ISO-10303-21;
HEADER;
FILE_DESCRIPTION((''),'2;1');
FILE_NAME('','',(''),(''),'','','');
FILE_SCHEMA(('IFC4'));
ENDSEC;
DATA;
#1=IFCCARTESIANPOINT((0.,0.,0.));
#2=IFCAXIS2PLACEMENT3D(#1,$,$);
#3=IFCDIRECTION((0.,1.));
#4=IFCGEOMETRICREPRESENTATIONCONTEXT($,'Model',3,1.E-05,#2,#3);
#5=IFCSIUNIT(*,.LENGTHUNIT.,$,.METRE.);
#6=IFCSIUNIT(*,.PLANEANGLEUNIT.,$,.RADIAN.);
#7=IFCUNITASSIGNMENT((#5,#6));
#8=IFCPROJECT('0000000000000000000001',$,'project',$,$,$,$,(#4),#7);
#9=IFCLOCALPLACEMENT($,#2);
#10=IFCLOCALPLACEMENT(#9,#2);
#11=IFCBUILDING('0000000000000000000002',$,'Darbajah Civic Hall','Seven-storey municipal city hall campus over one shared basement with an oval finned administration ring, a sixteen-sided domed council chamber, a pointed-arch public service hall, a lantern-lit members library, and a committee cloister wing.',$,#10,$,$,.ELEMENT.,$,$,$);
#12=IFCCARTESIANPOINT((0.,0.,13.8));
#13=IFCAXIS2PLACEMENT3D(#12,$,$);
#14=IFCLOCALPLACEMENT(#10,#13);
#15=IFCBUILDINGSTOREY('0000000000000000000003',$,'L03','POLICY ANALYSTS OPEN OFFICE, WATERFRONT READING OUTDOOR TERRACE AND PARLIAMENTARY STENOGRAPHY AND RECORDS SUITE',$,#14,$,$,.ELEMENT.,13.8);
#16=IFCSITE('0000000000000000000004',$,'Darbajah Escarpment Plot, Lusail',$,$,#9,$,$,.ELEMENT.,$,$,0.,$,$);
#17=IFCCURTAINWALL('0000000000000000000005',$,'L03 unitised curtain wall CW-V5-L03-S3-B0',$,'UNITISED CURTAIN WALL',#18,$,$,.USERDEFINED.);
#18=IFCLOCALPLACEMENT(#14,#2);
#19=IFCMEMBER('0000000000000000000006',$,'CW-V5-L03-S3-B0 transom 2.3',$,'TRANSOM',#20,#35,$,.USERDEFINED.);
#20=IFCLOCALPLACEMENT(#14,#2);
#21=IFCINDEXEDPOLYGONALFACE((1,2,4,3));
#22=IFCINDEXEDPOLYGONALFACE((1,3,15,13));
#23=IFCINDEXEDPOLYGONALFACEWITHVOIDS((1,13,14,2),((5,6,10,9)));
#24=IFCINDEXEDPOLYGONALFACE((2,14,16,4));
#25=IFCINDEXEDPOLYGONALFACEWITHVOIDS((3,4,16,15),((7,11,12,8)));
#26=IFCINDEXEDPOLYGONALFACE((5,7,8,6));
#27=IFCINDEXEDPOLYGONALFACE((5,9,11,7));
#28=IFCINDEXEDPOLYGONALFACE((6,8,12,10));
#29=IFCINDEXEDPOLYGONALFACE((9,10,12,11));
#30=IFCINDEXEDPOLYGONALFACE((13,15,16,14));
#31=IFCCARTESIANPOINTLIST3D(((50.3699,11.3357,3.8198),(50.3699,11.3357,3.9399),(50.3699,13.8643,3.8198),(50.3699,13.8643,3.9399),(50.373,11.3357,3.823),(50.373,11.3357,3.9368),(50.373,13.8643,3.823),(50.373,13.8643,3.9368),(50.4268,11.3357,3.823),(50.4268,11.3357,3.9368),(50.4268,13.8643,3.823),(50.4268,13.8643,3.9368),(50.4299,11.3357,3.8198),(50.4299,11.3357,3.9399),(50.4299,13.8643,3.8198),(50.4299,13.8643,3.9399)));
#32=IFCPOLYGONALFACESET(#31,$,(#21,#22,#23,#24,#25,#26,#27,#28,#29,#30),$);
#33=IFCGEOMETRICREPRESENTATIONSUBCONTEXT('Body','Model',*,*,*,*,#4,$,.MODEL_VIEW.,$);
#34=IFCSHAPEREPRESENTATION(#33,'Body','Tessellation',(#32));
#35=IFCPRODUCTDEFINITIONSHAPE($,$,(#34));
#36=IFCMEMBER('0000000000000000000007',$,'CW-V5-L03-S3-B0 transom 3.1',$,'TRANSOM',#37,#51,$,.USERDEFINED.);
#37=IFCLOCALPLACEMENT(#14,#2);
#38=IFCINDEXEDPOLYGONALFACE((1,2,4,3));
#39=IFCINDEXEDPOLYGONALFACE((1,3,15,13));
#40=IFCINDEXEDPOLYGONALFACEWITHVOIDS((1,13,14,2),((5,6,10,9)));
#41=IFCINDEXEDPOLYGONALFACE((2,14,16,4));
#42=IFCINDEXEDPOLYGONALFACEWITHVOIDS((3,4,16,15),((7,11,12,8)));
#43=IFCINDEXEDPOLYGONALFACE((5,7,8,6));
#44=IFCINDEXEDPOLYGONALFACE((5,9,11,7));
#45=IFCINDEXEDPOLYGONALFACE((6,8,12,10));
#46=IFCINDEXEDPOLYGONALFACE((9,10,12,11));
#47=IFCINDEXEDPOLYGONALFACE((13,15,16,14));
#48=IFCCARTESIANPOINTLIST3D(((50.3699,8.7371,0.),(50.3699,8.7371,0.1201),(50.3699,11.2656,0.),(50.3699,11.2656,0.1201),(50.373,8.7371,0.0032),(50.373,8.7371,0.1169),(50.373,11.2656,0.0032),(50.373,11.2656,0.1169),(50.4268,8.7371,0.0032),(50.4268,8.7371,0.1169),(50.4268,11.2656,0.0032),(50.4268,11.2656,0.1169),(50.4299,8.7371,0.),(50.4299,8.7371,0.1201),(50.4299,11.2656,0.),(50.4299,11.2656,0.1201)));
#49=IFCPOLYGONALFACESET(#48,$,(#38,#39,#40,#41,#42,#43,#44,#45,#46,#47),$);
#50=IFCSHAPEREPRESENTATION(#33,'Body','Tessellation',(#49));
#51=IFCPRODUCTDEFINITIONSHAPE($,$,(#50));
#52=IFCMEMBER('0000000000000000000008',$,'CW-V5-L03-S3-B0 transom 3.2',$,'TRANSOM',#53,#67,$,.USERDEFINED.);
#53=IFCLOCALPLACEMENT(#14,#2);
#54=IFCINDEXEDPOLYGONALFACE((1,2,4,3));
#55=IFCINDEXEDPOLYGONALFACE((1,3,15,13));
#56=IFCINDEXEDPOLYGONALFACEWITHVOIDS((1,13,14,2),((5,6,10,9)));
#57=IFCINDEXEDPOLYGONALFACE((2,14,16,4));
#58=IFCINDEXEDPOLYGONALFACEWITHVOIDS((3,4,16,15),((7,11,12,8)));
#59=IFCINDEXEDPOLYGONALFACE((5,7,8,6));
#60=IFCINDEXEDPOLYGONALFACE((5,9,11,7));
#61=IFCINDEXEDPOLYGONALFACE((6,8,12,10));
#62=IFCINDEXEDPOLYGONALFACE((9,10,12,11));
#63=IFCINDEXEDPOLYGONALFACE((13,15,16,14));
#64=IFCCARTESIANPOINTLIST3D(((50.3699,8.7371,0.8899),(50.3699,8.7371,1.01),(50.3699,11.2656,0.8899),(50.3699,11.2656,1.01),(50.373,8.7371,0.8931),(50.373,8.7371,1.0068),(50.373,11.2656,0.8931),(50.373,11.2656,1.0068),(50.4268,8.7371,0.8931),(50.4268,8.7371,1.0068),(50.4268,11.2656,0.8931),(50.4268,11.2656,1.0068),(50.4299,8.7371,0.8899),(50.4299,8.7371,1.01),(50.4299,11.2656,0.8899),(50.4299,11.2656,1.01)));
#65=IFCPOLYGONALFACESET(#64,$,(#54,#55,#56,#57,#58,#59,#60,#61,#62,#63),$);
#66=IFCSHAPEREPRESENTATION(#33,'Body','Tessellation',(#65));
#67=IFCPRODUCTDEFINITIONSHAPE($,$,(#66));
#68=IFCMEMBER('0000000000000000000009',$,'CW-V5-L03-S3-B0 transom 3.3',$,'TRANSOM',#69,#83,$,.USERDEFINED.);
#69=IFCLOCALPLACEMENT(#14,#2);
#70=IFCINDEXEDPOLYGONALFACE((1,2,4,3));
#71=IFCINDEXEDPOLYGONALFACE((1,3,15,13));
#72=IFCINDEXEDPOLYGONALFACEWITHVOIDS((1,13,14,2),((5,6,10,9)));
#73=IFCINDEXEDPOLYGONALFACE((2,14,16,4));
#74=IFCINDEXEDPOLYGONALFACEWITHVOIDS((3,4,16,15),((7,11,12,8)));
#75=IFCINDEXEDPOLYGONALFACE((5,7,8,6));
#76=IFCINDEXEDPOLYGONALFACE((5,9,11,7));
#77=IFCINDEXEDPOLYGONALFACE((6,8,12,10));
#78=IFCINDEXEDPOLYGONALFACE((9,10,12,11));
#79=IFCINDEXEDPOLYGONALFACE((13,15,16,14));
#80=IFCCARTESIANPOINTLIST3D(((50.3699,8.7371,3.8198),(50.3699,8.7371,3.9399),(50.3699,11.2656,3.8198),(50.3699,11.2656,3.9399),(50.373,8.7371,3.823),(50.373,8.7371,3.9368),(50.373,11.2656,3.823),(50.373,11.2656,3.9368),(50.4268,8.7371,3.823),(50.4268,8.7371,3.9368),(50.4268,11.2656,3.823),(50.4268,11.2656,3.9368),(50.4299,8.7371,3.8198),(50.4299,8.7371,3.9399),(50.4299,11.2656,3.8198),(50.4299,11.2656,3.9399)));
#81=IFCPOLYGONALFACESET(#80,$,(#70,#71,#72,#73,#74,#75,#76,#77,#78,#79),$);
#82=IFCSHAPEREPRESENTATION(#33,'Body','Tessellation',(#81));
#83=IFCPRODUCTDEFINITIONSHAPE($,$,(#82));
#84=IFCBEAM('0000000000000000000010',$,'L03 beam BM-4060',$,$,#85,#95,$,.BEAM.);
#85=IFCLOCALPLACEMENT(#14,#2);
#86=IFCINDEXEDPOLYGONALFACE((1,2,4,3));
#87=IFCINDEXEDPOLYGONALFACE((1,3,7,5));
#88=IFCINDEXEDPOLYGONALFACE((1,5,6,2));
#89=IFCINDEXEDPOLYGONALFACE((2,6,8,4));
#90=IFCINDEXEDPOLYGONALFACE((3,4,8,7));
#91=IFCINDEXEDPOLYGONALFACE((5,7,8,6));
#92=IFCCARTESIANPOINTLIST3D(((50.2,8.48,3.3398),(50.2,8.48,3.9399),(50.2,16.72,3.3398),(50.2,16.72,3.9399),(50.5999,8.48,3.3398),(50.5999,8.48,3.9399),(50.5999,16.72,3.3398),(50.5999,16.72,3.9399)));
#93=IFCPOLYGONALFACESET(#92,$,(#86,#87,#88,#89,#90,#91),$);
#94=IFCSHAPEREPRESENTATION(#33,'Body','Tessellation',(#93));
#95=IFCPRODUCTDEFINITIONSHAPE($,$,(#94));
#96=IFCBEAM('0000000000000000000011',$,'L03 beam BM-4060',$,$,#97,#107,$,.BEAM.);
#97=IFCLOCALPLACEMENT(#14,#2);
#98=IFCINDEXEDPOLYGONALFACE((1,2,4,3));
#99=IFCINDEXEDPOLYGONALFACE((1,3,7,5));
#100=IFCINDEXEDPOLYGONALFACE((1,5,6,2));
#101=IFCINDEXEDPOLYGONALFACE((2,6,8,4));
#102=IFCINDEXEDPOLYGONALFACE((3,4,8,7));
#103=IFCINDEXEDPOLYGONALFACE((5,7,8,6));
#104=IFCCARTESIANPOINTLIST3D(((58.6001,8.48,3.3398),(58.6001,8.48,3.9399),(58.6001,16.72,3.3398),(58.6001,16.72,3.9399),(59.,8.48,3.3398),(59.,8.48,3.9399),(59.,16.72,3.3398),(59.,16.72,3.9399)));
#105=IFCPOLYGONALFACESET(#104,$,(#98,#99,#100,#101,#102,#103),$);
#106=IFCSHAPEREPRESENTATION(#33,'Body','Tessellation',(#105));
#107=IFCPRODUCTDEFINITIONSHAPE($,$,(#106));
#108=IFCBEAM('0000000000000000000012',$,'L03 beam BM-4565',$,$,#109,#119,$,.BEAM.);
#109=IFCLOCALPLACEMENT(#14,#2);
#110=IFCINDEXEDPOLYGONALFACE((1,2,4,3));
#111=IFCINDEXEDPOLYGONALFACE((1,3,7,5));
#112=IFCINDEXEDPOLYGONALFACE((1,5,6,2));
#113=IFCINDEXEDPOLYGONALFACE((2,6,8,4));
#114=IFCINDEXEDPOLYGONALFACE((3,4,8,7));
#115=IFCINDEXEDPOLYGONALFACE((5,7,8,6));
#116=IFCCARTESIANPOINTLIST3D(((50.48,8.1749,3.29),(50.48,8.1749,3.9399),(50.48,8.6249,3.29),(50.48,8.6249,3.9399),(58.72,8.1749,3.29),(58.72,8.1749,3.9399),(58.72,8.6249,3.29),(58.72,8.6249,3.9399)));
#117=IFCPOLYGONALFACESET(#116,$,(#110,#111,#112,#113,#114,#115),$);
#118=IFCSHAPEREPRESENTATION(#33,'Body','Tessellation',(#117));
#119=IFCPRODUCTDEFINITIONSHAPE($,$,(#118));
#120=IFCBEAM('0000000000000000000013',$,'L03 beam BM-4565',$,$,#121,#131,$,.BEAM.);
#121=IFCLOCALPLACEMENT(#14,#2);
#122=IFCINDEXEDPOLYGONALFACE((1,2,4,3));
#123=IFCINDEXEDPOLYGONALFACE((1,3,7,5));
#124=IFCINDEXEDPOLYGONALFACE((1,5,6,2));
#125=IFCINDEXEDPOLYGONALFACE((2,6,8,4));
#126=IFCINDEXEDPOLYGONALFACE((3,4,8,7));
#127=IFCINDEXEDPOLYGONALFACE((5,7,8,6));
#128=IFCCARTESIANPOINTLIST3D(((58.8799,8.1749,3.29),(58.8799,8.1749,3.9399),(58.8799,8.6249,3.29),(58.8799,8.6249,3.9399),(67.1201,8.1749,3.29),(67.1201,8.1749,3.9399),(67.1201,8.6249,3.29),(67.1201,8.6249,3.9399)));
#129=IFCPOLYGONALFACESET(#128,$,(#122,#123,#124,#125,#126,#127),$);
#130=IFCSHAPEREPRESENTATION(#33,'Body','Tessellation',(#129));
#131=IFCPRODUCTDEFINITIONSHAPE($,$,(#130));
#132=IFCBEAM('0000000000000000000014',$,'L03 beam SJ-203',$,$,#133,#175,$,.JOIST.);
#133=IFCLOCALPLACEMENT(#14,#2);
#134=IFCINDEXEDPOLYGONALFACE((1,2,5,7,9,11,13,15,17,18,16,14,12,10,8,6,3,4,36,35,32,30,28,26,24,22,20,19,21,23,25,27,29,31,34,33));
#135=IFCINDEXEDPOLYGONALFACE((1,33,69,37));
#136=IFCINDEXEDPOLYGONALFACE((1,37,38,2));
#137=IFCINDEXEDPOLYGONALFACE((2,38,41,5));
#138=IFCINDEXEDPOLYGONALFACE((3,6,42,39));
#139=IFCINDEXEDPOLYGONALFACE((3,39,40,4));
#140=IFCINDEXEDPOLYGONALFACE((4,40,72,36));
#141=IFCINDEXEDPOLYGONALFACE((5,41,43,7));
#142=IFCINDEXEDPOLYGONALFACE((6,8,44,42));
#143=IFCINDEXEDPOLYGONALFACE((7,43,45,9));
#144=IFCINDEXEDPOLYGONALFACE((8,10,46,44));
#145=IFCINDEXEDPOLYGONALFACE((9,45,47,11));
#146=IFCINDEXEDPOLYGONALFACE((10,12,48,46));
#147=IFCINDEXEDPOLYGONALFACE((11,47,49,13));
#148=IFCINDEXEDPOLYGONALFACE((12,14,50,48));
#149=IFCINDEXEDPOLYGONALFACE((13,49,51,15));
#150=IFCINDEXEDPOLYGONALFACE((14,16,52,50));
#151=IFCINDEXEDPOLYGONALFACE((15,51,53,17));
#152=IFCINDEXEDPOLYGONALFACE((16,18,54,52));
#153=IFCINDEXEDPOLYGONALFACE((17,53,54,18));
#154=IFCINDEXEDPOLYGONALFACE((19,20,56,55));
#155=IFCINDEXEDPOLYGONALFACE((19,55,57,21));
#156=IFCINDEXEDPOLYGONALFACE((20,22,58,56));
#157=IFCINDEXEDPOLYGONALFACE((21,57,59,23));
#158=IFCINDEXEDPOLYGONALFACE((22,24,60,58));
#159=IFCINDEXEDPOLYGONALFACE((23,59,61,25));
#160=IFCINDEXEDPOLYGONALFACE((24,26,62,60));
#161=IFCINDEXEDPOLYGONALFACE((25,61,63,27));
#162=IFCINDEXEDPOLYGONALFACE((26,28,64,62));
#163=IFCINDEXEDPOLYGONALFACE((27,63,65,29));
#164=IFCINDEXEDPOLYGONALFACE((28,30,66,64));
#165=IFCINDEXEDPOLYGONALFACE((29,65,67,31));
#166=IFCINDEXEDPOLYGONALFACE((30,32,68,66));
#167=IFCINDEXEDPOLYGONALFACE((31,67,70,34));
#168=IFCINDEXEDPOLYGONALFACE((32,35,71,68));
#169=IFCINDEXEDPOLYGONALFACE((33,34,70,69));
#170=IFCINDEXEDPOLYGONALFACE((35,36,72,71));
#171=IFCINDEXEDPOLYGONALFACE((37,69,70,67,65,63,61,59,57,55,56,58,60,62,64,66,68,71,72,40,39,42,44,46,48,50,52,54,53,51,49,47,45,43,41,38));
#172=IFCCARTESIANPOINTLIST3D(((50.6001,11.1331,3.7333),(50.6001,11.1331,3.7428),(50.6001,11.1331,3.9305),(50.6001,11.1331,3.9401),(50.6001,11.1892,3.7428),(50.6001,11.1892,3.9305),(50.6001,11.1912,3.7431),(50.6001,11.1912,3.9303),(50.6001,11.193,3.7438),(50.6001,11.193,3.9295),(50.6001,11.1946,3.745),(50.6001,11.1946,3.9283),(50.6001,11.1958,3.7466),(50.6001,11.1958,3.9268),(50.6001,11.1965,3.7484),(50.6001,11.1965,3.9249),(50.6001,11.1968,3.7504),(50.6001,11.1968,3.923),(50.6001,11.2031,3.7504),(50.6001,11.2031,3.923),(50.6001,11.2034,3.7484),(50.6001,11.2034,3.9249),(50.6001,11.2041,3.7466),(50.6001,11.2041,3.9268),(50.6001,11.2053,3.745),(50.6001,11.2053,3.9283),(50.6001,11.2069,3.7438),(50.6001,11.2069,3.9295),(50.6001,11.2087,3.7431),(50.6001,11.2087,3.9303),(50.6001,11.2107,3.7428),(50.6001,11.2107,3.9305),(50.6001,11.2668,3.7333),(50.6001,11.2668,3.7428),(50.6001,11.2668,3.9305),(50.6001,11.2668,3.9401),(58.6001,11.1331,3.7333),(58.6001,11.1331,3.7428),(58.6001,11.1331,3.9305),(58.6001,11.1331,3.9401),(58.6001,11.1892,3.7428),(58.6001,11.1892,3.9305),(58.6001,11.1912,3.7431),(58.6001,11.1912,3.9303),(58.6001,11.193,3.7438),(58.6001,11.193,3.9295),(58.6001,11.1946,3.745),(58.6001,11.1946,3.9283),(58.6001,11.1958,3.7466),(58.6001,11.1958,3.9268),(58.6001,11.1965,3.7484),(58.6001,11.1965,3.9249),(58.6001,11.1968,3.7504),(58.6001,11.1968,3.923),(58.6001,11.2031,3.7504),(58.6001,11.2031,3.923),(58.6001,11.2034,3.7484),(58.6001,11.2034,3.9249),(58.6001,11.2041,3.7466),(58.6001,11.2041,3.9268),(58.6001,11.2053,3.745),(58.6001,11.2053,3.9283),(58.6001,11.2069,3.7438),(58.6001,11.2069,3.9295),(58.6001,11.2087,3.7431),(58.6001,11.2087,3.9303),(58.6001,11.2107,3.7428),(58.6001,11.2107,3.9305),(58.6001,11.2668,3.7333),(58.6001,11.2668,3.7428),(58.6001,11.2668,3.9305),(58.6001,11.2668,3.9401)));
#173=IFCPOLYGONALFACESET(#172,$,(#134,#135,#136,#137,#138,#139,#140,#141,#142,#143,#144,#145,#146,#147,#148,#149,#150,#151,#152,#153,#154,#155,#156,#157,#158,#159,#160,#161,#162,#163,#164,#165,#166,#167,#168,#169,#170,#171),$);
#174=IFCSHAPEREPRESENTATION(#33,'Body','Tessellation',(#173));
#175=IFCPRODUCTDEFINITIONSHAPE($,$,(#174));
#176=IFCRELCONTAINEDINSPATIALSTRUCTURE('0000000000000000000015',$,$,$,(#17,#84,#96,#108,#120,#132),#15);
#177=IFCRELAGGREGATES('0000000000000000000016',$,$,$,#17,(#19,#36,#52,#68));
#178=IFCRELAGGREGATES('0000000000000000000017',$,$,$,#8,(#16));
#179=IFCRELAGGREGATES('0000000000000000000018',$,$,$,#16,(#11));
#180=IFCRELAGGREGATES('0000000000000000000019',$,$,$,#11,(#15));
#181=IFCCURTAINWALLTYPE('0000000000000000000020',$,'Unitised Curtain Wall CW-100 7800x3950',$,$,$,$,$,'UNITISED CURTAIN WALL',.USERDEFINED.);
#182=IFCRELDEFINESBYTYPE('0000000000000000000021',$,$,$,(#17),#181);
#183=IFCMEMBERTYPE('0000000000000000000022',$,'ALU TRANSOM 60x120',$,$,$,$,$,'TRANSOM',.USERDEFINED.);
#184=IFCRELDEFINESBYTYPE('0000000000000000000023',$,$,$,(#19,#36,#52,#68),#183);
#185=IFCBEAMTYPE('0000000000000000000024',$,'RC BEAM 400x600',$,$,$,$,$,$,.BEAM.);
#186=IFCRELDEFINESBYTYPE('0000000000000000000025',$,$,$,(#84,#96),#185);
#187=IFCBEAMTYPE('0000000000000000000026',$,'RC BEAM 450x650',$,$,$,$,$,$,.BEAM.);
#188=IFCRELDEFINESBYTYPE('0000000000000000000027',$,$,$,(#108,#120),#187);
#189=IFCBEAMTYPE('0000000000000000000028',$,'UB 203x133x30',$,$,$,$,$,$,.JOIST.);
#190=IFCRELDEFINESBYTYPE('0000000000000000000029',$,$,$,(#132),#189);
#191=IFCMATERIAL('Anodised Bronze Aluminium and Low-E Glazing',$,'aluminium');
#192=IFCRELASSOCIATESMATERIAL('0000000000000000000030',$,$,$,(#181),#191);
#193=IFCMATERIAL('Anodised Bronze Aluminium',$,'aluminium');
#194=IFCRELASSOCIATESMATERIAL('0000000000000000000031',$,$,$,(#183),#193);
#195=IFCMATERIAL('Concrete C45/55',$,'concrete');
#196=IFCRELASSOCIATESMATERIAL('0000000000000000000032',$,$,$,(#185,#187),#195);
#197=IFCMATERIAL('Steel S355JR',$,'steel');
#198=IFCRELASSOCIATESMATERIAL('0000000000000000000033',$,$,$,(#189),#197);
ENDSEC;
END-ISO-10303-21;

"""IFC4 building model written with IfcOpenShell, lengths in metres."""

from ifc_helpers import new_model, si_unit, direction, frame, origin, origin_2d, place, context, subcontext, project, spatial, rectangle, hollow_rectangle, i_section, extrude, material, material_profile, profile_set, type_object, element, aggregate, save


model = new_model("IFC4")

# Units and contexts
model_context = context("Model", 3, precision=1e-05, world=origin(), true_north=direction((0.0, 1.0)))
body_context = subcontext(model_context, "Body", "Model", "MODEL_VIEW")
ifc_project = project(units=[si_unit("LENGTHUNIT", "METRE"), si_unit("PLANEANGLEUNIT", "RADIAN")], contexts=[model_context])

# Site, building, storey
site_placement = place(None, origin())
site = spatial("IfcSite", under=ifc_project, at=site_placement, Name="Darbajah Escarpment Plot, Lusail", CompositionType="ELEMENT", RefElevation=0.0)
building_placement = place(site_placement, origin())
building = spatial("IfcBuilding", under=site, at=building_placement, Name="Darbajah Civic Hall", Description="Seven-storey municipal city hall campus over one shared basement with an oval finned administration ring, a sixteen-sided domed council chamber, a pointed-arch public service hall, a lantern-lit members library, and a committee cloister wing.", CompositionType="ELEMENT")
storey_placement = place(building_placement, frame((0.0, 0.0, 13.8)))
storey = spatial("IfcBuildingStorey", under=building, at=storey_placement, Name="L03", Description="POLICY ANALYSTS OPEN OFFICE, WATERFRONT READING OUTDOOR TERRACE AND PARLIAMENTARY STENOGRAPHY AND RECORDS SUITE", CompositionType="ELEMENT", Elevation=13.8)

# Shared definitions
ifc_material_1 = material(Name="Concrete C45/55", Category="concrete")

# Curtain wall, members
ifc_material_2 = material(Name="Anodised Bronze Aluminium and Low-E Glazing", Category="aluminium")
curtain_wall_type = type_object("IfcCurtainWallType", Name="Unitised Curtain Wall CW-100 7800x3950", ElementType="UNITISED CURTAIN WALL", PredefinedType="USERDEFINED", material=ifc_material_2)
curtain_wall_placement = place(storey_placement, origin())
curtain_wall = element("IfcCurtainWall", 1, at=curtain_wall_placement, inside=storey, type_object=curtain_wall_type, Name="L03 unitised curtain wall CW-V5-L03-S3-B0", ObjectType="UNITISED CURTAIN WALL", PredefinedType="USERDEFINED")
ifc_material_3 = material(Name="Anodised Bronze Aluminium", Category="aluminium")
ifc_material_profile_1 = material_profile(ifc_material_3, hollow_rectangle(XDim=0.0601, YDim=0.1201, WallThickness=0.0032, at=origin_2d()), Name="ALU TRANSOM 60x120")
ifc_profile_set_1 = profile_set([ifc_material_profile_1], Name="Anodised Bronze Aluminium")
member_type_1 = type_object("IfcMemberType", Name="ALU TRANSOM 60x120", ElementType="TRANSOM", PredefinedType="USERDEFINED", material=ifc_profile_set_1)
member_1_placement = place(storey_placement, frame((50.3999, 13.8643, 3.8799), z_axis=(0.0, -1.0, 0.0), x_axis=(1.0, 0.0, 0.0)))
member_1 = element("IfcMember", 2, at=member_1_placement, type_object=member_type_1, Name="CW-V5-L03-S3-B0 transom 2.3", ObjectType="TRANSOM", PredefinedType="USERDEFINED", context=body_context, shape_type="SweptSolid", body=[
    extrude(hollow_rectangle(XDim=0.0601, YDim=0.1201, WallThickness=0.0032, at=origin_2d()), origin(), (0.0, 0.0, 1.0), 2.5286),
])
member_2_placement = place(storey_placement, frame((50.3999, 11.2656, 0.0601), z_axis=(0.0, -1.0, 0.0), x_axis=(1.0, 0.0, 0.0)))
member_2 = element("IfcMember", 3, at=member_2_placement, type_object=member_type_1, Name="CW-V5-L03-S3-B0 transom 3.1", ObjectType="TRANSOM", PredefinedType="USERDEFINED", context=body_context, shape_type="SweptSolid", body=[
    extrude(hollow_rectangle(XDim=0.0601, YDim=0.1201, WallThickness=0.0032, at=origin_2d()), origin(), (0.0, 0.0, 1.0), 2.5286),
])
member_3_placement = place(storey_placement, frame((50.3999, 11.2656, 0.95), z_axis=(0.0, -1.0, 0.0), x_axis=(1.0, 0.0, 0.0)))
member_3 = element("IfcMember", 4, at=member_3_placement, type_object=member_type_1, Name="CW-V5-L03-S3-B0 transom 3.2", ObjectType="TRANSOM", PredefinedType="USERDEFINED", context=body_context, shape_type="SweptSolid", body=[
    extrude(hollow_rectangle(XDim=0.0601, YDim=0.1201, WallThickness=0.0032, at=origin_2d()), origin(), (0.0, 0.0, 1.0), 2.5286),
])
member_4_placement = place(storey_placement, frame((50.3999, 11.2656, 3.8799), z_axis=(0.0, -1.0, 0.0), x_axis=(1.0, 0.0, 0.0)))
member_4 = element("IfcMember", 5, at=member_4_placement, type_object=member_type_1, Name="CW-V5-L03-S3-B0 transom 3.3", ObjectType="TRANSOM", PredefinedType="USERDEFINED", context=body_context, shape_type="SweptSolid", body=[
    extrude(hollow_rectangle(XDim=0.0601, YDim=0.1201, WallThickness=0.0032, at=origin_2d()), origin(), (0.0, 0.0, 1.0), 2.5286),
])

# Beams
ifc_material_profile_2 = material_profile(ifc_material_1, rectangle(XDim=0.3999, YDim=0.6001, at=origin_2d()), Name="RC BEAM 400x600")
ifc_profile_set_2 = profile_set([ifc_material_profile_2], Name="Concrete C45/55")
beam_type_1 = type_object("IfcBeamType", Name="RC BEAM 400x600", PredefinedType="BEAM", material=ifc_profile_set_2)
for number, where, z_axis, x_axis, name in (
    (6, (50.3999, 8.48, 3.6399), (0.0, 1.0, 0.0), (-1.0, 0.0, 0.0), "L03 beam BM-4060"),
    (7, (58.8, 8.48, 3.6399), (0.0, 1.0, 0.0), (-1.0, 0.0, 0.0), "L03 beam BM-4060"),
):
    element("IfcBeam", number, at=place(storey_placement, frame(where, z_axis=z_axis, x_axis=x_axis)), inside=storey, type_object=beam_type_1, Name=name, PredefinedType="BEAM", context=body_context, shape_type="SweptSolid", body=[
        extrude(rectangle(XDim=0.3999, YDim=0.6001, at=origin_2d()), origin(), (0.0, 0.0, 1.0), 8.24),
    ])
ifc_material_profile_3 = material_profile(ifc_material_1, rectangle(XDim=0.45, YDim=0.6499, at=origin_2d()), Name="RC BEAM 450x650")
ifc_profile_set_3 = profile_set([ifc_material_profile_3], Name="Concrete C45/55")
beam_type_2 = type_object("IfcBeamType", Name="RC BEAM 450x650", PredefinedType="BEAM", material=ifc_profile_set_3)
beam_1_placement = place(storey_placement, frame((50.48, 8.3999, 3.615), z_axis=(1.0, 0.0, 0.0), x_axis=(0.0, 1.0, 0.0)))
element("IfcBeam", 8, at=beam_1_placement, inside=storey, type_object=beam_type_2, Name="L03 beam BM-4565", PredefinedType="BEAM", context=body_context, shape_type="SweptSolid", body=[
    extrude(rectangle(XDim=0.45, YDim=0.6499, at=origin_2d()), origin(), (0.0, 0.0, 1.0), 8.24),
])
beam_2_placement = place(storey_placement, frame((58.8799, 8.3999, 3.615), z_axis=(1.0, 0.0, 0.0), x_axis=(0.0, 1.0, 0.0)))
element("IfcBeam", 9, at=beam_2_placement, inside=storey, type_object=beam_type_2, Name="L03 beam BM-4565", PredefinedType="BEAM", context=body_context, shape_type="SweptSolid", body=[
    extrude(rectangle(XDim=0.45, YDim=0.6499, at=origin_2d()), origin(), (0.0, 0.0, 1.0), 8.2402),
])
ifc_material_4 = material(Name="Steel S355JR", Category="steel")
ifc_material_profile_4 = material_profile(ifc_material_4, i_section(OverallWidth=0.1338, OverallDepth=0.2068, WebThickness=0.0063, FlangeThickness=0.0095, FilletRadius=0.0076, at=origin_2d()), Name="UB 203x133x30")
ifc_profile_set_4 = profile_set([ifc_material_profile_4], Name="Steel S355JR")
beam_type_3 = type_object("IfcBeamType", Name="UB 203x133x30", PredefinedType="JOIST", material=ifc_profile_set_4)
for number, where, z_axis, x_axis, name in (
    (10, (50.6001, 11.2, 3.8367), (1.0, 0.0, 0.0), (0.0, 1.0, 0.0), "L03 beam SJ-203"),
):
    element("IfcBeam", number, at=place(storey_placement, frame(where, z_axis=z_axis, x_axis=x_axis)), inside=storey, type_object=beam_type_3, Name=name, PredefinedType="JOIST", context=body_context, shape_type="SweptSolid", body=[
        extrude(i_section(OverallWidth=0.1338, OverallDepth=0.2068, WebThickness=0.0063, FlangeThickness=0.0095, FilletRadius=0.0076, at=origin_2d()), origin(), (0.0, 0.0, 1.0), 8.0),
    ])

aggregate(curtain_wall, [member_1, member_2, member_3, member_4])

save(model, "model.ifc")
